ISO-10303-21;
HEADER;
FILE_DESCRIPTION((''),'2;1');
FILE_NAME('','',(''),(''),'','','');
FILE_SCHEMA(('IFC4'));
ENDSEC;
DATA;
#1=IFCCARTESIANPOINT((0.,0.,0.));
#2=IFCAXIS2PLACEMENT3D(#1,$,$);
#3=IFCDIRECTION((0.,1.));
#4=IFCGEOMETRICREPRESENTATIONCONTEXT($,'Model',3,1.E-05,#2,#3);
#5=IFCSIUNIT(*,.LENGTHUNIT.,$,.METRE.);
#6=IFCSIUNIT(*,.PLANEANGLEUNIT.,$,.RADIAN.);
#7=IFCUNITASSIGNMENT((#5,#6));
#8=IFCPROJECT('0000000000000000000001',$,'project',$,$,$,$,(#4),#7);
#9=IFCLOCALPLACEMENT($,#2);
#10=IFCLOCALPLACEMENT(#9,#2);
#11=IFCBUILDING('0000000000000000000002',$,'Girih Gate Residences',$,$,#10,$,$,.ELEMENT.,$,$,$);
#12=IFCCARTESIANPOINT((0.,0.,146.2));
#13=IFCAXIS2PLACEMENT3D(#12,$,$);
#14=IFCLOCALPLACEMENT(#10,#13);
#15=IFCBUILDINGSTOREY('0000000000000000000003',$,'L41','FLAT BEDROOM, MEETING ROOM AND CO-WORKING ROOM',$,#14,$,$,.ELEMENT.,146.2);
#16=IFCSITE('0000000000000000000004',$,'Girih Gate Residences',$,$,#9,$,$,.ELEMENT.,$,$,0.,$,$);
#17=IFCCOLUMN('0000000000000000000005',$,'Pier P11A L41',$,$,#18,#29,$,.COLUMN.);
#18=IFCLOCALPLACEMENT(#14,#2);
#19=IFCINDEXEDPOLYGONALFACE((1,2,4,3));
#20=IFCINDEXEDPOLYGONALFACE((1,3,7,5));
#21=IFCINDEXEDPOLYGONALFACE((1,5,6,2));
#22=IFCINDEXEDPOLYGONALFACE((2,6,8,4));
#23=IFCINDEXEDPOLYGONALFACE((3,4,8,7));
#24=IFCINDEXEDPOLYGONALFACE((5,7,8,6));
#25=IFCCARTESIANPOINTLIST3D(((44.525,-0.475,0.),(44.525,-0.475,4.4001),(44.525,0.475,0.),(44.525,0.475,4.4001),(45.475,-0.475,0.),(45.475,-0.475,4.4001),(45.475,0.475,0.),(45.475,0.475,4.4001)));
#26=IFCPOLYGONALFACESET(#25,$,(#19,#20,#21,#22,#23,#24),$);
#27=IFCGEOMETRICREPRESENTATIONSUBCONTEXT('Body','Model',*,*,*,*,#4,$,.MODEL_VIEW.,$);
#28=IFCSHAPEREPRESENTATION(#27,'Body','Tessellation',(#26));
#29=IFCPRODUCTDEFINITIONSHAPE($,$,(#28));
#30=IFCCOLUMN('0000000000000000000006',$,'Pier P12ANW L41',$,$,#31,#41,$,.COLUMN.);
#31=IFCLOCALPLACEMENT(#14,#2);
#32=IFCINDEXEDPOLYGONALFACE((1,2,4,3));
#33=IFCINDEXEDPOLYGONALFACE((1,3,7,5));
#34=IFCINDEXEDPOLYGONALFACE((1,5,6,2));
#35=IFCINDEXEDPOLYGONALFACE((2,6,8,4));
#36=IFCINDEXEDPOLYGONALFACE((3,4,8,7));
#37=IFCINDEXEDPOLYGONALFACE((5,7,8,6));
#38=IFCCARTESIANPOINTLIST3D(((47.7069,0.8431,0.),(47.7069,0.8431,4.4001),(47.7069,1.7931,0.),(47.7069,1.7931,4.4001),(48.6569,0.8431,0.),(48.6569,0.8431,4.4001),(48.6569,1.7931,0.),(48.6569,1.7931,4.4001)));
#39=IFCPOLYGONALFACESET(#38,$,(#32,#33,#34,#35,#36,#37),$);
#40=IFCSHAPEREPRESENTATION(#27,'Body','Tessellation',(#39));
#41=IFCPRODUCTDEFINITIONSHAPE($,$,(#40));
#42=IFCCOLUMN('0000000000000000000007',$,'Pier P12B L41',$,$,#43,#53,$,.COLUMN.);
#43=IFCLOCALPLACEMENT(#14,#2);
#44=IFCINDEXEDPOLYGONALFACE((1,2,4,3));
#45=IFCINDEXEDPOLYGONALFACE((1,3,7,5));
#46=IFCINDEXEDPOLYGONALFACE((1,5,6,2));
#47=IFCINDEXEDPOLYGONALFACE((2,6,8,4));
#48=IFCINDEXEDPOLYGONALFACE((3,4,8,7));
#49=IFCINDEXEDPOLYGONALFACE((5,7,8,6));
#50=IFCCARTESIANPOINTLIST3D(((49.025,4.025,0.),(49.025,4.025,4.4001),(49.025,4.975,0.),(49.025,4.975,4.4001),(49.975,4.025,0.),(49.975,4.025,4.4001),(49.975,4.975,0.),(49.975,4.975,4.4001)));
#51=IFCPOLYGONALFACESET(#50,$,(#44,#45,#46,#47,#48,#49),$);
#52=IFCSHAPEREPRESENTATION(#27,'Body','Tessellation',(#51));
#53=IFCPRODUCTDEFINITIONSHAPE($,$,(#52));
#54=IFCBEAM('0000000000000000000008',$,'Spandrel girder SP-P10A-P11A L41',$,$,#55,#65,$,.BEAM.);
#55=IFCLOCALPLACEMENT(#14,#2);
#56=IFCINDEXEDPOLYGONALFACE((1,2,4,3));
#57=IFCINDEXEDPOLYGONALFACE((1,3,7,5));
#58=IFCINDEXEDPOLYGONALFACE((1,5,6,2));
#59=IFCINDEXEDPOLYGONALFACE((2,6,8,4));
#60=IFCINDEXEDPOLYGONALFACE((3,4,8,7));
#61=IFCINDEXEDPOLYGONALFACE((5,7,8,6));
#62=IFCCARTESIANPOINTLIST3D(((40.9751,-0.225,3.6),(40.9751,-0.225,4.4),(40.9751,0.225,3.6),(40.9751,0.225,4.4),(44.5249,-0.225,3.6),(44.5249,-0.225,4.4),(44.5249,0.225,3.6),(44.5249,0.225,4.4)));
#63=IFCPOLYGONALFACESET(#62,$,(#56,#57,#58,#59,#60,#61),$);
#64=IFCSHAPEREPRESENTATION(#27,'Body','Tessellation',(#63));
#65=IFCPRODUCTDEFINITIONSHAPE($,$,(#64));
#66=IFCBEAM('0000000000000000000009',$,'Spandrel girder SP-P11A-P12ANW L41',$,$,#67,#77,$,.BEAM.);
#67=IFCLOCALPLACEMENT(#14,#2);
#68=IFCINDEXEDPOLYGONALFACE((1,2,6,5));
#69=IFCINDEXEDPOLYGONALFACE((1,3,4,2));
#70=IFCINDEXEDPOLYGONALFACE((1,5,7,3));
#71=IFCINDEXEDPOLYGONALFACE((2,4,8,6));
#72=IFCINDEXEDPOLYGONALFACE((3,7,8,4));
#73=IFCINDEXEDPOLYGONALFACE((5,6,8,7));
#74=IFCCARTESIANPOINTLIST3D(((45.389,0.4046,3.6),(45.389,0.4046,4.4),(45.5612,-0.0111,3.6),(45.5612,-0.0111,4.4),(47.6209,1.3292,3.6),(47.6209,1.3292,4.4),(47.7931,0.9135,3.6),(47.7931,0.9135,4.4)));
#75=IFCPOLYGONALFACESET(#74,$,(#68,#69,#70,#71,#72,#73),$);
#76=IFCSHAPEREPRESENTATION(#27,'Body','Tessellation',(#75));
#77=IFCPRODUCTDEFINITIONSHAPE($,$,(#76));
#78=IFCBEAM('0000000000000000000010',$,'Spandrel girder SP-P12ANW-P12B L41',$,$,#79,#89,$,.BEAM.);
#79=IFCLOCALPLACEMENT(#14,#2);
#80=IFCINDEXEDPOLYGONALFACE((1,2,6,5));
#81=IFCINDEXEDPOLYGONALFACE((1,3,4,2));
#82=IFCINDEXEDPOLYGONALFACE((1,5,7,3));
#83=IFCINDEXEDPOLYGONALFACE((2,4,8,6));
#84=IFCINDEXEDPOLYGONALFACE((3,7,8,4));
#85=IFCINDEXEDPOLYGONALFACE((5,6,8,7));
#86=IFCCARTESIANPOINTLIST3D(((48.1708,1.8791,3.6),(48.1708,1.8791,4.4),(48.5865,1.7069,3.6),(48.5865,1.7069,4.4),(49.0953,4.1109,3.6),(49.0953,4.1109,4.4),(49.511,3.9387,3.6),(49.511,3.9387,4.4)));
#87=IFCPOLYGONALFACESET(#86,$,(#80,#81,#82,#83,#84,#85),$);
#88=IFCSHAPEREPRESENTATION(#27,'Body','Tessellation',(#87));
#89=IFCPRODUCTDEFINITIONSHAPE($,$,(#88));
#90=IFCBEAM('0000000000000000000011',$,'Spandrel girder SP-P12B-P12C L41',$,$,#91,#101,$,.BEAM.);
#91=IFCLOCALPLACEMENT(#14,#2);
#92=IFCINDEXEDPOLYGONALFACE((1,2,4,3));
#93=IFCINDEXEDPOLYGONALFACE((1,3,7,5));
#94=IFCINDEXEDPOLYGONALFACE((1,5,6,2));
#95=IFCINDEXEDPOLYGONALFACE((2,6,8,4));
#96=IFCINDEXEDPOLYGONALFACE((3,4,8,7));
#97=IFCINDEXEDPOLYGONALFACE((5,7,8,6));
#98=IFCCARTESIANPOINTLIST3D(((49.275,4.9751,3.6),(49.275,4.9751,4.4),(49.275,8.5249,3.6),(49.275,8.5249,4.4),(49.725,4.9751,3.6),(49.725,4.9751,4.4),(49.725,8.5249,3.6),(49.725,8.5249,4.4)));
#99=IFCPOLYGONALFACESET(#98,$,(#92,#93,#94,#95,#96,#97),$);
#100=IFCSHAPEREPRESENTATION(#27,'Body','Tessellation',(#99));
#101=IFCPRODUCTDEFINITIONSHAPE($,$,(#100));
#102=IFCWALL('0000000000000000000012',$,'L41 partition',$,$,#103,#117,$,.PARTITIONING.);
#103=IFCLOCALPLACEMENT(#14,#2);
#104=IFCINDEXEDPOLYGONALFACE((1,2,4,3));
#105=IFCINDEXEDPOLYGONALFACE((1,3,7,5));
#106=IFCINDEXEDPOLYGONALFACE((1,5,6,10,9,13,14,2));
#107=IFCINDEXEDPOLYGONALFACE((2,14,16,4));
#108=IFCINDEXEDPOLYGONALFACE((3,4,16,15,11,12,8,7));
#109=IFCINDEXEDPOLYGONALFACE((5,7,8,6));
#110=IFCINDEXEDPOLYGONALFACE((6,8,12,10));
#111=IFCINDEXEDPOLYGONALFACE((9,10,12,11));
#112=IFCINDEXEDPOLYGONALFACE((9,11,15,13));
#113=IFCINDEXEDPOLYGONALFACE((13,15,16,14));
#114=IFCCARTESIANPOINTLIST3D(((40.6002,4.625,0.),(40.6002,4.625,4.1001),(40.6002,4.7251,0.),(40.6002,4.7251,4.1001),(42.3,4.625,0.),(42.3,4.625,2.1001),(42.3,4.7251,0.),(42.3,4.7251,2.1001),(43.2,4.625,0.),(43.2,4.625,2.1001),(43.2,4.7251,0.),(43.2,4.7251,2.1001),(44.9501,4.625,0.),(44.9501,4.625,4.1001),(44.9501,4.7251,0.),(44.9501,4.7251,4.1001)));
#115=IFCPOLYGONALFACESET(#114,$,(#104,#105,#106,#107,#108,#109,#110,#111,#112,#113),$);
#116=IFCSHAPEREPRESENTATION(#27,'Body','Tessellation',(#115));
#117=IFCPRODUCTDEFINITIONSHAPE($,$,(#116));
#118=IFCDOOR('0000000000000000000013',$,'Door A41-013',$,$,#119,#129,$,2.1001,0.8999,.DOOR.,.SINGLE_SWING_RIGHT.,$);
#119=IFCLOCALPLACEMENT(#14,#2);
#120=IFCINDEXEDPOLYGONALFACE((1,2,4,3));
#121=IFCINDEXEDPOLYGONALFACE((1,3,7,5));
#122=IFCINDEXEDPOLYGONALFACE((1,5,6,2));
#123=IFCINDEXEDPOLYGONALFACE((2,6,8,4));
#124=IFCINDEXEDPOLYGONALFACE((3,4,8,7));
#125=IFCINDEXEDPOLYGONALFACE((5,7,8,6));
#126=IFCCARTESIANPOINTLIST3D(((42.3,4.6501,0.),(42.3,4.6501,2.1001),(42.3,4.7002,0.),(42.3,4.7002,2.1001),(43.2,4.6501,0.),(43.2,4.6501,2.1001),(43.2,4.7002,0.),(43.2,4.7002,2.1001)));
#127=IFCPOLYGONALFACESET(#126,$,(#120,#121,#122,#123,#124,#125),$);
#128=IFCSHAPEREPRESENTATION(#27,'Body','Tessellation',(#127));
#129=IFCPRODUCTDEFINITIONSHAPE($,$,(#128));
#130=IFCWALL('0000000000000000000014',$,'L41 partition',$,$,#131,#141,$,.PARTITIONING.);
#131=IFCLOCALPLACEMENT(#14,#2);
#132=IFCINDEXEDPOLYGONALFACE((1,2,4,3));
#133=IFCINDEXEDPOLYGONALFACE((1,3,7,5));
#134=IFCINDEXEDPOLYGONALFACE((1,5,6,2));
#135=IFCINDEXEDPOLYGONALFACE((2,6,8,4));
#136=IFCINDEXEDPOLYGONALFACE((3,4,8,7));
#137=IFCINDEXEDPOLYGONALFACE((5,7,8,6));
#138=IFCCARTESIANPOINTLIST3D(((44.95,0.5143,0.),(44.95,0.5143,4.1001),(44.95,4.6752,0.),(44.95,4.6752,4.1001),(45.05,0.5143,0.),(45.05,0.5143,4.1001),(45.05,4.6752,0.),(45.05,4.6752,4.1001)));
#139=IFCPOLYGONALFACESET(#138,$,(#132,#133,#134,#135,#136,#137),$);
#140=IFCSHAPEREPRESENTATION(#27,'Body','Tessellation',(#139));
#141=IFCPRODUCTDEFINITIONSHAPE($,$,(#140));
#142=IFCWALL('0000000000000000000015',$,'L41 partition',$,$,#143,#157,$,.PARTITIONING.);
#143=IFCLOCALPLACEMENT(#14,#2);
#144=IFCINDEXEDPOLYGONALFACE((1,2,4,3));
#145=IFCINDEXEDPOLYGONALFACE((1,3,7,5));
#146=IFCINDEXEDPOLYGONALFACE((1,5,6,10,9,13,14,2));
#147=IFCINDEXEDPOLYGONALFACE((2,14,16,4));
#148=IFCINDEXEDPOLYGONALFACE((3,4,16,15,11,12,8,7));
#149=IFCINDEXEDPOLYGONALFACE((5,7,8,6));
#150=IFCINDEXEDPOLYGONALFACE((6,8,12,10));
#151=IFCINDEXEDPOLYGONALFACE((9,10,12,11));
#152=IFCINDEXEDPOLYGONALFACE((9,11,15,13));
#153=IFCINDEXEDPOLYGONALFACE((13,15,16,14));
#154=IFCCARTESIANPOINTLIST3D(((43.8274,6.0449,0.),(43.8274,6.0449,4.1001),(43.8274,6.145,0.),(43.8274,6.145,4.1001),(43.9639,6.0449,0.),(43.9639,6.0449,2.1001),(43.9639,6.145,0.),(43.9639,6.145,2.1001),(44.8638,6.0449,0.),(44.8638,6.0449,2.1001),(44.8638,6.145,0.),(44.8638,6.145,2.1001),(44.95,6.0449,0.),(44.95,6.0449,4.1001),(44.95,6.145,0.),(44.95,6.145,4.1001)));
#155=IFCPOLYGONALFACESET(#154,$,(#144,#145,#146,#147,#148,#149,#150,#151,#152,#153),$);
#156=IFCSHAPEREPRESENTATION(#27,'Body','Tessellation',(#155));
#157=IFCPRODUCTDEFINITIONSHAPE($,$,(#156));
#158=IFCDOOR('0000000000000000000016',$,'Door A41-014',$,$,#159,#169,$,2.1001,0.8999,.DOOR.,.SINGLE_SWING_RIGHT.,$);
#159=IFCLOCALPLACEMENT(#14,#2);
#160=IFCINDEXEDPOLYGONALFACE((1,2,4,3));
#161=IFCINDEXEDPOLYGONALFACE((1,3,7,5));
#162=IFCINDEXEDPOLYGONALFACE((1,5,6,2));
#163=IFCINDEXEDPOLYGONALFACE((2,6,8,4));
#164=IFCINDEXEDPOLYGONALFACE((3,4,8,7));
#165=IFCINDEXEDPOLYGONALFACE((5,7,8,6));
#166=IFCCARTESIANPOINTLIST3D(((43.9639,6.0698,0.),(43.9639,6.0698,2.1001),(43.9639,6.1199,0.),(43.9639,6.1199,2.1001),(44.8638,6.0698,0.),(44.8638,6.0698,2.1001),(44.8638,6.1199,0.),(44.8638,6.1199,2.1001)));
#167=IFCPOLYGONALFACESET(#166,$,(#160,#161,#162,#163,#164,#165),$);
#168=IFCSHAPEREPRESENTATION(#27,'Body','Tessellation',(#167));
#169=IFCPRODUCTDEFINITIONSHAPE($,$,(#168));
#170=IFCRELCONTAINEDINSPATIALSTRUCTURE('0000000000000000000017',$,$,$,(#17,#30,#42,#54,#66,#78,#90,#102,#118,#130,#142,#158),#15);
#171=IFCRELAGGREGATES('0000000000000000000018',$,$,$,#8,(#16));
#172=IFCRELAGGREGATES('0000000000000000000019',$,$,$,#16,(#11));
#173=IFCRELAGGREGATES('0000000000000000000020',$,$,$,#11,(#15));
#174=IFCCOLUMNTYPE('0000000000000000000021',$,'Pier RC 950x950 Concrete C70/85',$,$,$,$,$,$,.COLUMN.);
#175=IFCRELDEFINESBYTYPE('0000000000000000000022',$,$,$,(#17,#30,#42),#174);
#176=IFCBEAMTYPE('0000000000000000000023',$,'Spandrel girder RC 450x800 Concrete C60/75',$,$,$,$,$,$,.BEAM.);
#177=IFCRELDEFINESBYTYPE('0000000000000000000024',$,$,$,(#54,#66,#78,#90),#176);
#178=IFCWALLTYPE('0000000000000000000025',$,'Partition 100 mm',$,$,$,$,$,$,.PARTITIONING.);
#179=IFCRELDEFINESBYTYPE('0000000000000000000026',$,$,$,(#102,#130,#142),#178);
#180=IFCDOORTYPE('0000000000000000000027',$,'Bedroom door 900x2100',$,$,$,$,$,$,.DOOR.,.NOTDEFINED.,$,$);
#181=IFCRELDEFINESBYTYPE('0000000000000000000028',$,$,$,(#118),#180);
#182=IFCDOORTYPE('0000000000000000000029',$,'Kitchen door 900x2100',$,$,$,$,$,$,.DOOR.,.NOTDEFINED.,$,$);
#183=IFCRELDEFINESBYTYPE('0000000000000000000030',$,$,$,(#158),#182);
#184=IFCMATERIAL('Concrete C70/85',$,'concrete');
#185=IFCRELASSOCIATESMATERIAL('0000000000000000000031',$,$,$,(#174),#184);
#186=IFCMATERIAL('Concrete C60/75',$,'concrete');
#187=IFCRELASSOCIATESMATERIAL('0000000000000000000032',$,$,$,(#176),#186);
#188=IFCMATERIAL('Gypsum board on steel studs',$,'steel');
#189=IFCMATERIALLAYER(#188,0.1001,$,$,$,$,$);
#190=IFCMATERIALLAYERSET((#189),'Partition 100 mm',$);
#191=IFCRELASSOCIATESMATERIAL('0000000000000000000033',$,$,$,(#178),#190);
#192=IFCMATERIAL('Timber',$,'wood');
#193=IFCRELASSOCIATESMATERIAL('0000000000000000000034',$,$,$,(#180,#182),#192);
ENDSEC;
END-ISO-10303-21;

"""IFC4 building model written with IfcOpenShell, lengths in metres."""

from ifc_helpers import new_model, si_unit, direction, frame, frame_2d, origin, origin_2d, place, context, subcontext, project, spatial, rectangle, extrude, material, layer, layer_set, material_profile, profile_set, type_object, element, fill, save


model = new_model("IFC4")

# Units and contexts
model_context = context("Model", 3, precision=1e-05, world=origin(), true_north=direction((0.0, 1.0)))
body_context = subcontext(model_context, "Body", "Model", "MODEL_VIEW")
ifc_project = project(units=[si_unit("LENGTHUNIT", "METRE"), si_unit("PLANEANGLEUNIT", "RADIAN")], contexts=[model_context])

# Site, building, storey
site_placement = place(None, origin())
site = spatial("IfcSite", under=ifc_project, at=site_placement, Name="Girih Gate Residences", CompositionType="ELEMENT", RefElevation=0.0)
building_placement = place(site_placement, origin())
building = spatial("IfcBuilding", under=site, at=building_placement, Name="Girih Gate Residences", CompositionType="ELEMENT")
storey_placement = place(building_placement, frame((0.0, 0.0, 146.2)))
storey = spatial("IfcBuildingStorey", under=building, at=storey_placement, Name="L41", Description="FLAT BEDROOM, MEETING ROOM AND CO-WORKING ROOM", CompositionType="ELEMENT", Elevation=146.2)

# Columns
ifc_material_1 = material(Name="Concrete C70/85", Category="concrete")
ifc_material_profile_1 = material_profile(ifc_material_1, rectangle(XDim=0.95, YDim=0.95, at=origin_2d()))
ifc_profile_set_1 = profile_set([ifc_material_profile_1], Name="Concrete C70/85")
column_type = type_object("IfcColumnType", Name="Pier RC 950x950 Concrete C70/85", PredefinedType="COLUMN", material=ifc_profile_set_1)
for number, where, z_axis, x_axis, name in (
    (1, (45.0, 0.0, 0.0), (0.0, 0.0, 1.0), (1.0, 0.0, 0.0), "Pier P11A L41"),
    (2, (48.1819, 1.3181, 0.0), (0.0, 0.0, 1.0), (1.0, 0.0, 0.0), "Pier P12ANW L41"),
    (3, (49.5, 4.5, 0.0), (0.0, 0.0, 1.0), (1.0, 0.0, 0.0), "Pier P12B L41"),
):
    element("IfcColumn", number, at=place(storey_placement, frame(where, z_axis=z_axis, x_axis=x_axis)), inside=storey, type_object=column_type, Name=name, PredefinedType="COLUMN", context=body_context, shape_type="SweptSolid", body=[
        extrude(rectangle(XDim=0.95, YDim=0.95, at=origin_2d()), origin(), (0.0, 0.0, 1.0), 4.4001),
    ])

# Beams
ifc_material_2 = material(Name="Concrete C60/75", Category="concrete")
ifc_material_profile_2 = material_profile(ifc_material_2, rectangle(XDim=0.45, YDim=0.8, at=origin_2d()))
ifc_profile_set_2 = profile_set([ifc_material_profile_2], Name="Concrete C60/75")
beam_type = type_object("IfcBeamType", Name="Spandrel girder RC 450x800 Concrete C60/75", PredefinedType="BEAM", material=ifc_profile_set_2)
beam_1_placement = place(storey_placement, frame((40.9751, 0.0, 4.0), z_axis=(1.0, 0.0, 0.0), x_axis=(0.0, 1.0, 0.0)))
element("IfcBeam", 4, at=beam_1_placement, inside=storey, type_object=beam_type, Name="Spandrel girder SP-P10A-P11A L41", PredefinedType="BEAM", context=body_context, shape_type="SweptSolid", body=[
    extrude(rectangle(XDim=0.45, YDim=0.8, at=origin_2d()), origin(), (0.0, 0.0, 1.0), 3.5498),
])
for number, where, z_axis, x_axis, name in (
    (5, (45.4751, 0.1968, 4.0), (0.92387, 0.382706, 0.0), (-0.382706, 0.92387, 0.0), "Spandrel girder SP-P11A-P12ANW L41"),
    (6, (48.3787, 1.793, 4.0), (0.382706, 0.92387, 0.0), (-0.92387, 0.382706, 0.0), "Spandrel girder SP-P12ANW-P12B L41"),
):
    element("IfcBeam", number, at=place(storey_placement, frame(where, z_axis=z_axis, x_axis=x_axis)), inside=storey, type_object=beam_type, Name=name, PredefinedType="BEAM", context=body_context, shape_type="SweptSolid", body=[
        extrude(rectangle(XDim=0.45, YDim=0.8, at=origin_2d()), origin(), (0.0, 0.0, 1.0), 2.4158),
    ])
beam_2_placement = place(storey_placement, frame((49.5, 4.9751, 4.0), z_axis=(0.0, 1.0, 0.0), x_axis=(-1.0, 0.0, 0.0)))
element("IfcBeam", 7, at=beam_2_placement, inside=storey, type_object=beam_type, Name="Spandrel girder SP-P12B-P12C L41", PredefinedType="BEAM", context=body_context, shape_type="SweptSolid", body=[
    extrude(rectangle(XDim=0.45, YDim=0.8, at=origin_2d()), origin(), (0.0, 0.0, 1.0), 3.5498),
])

# Wall, opening, door
ifc_material_3 = material(Name="Gypsum board on steel studs", Category="steel")
ifc_layer_1 = layer(ifc_material_3, 0.1001)
ifc_layer_set_1 = layer_set([ifc_layer_1], Name="Partition 100 mm")
wall_type_1 = type_object("IfcWallType", Name="Partition 100 mm", PredefinedType="PARTITIONING", material=ifc_layer_set_1)
wall_1_placement = place(storey_placement, frame((44.95, 4.675, 0.0), z_axis=(0.0, 0.0, 1.0), x_axis=(-1.0, 0.0, 0.0)))
wall_1 = element("IfcWall", 8, at=wall_1_placement, inside=storey, type_object=wall_type_1, Name="L41 partition", PredefinedType="PARTITIONING", context=body_context, shape_type="SweptSolid", body=[
    extrude(rectangle(XDim=4.3499, YDim=0.1001, at=frame_2d((2.1748, 0.0))), origin(), (0.0, 0.0, 1.0), 4.1001),
])
opening_1_placement = place(wall_1_placement, frame((1.75, 0.0, 0.0)))
opening_1 = element("IfcOpeningElement", 9, at=opening_1_placement, cuts=wall_1, PredefinedType="OPENING", context=body_context, shape_type="SweptSolid", body=[
    extrude(rectangle(XDim=0.8999, YDim=2.1001, at=frame_2d((0.45, 1.05))), frame((0.0, 0.0601, 0.0), z_axis=(0.0, -1.0, 0.0), x_axis=(1.0, 0.0, 0.0)), (0.0, 0.0, 1.0), 0.1201),
])
ifc_material_4 = material(Name="Timber", Category="wood")
door_type_1 = type_object("IfcDoorType", Name="Bedroom door 900x2100", OperationType="NOTDEFINED", PredefinedType="DOOR", material=ifc_material_4)
door_1_placement = place(opening_1_placement, origin())
door_1 = element("IfcDoor", 10, at=door_1_placement, inside=storey, type_object=door_type_1, Name="Door A41-013", OperationType="SINGLE_SWING_RIGHT", OverallHeight=2.1001, OverallWidth=0.8999, PredefinedType="DOOR", context=body_context, shape_type="SweptSolid", body=[
    extrude(rectangle(XDim=0.8999, YDim=2.1001, at=frame_2d((0.45, 1.05))), frame((0.0, 0.0249, 0.0), z_axis=(0.0, -1.0, 0.0), x_axis=(1.0, 0.0, 0.0)), (0.0, 0.0, 1.0), 0.05),
])
fill(opening_1, door_1)

# Wall
wall_2_placement = place(storey_placement, frame((45.0, 0.5142, 0.0), z_axis=(0.0, 0.0, 1.0), x_axis=(0.0, 1.0, 0.0)))
element("IfcWall", 11, at=wall_2_placement, inside=storey, type_object=wall_type_1, Name="L41 partition", PredefinedType="PARTITIONING", context=body_context, shape_type="SweptSolid", body=[
    extrude(rectangle(XDim=4.1609, YDim=0.1001, at=frame_2d((2.0806, 0.0))), origin(), (0.0, 0.0, 1.0), 4.1001),
])

# Wall, opening, door
wall_3_placement = place(storey_placement, frame((43.8274, 6.095, 0.0), z_axis=(0.0, 0.0, 1.0), x_axis=(1.0, 0.0, 0.0)))
wall_3 = element("IfcWall", 12, at=wall_3_placement, inside=storey, type_object=wall_type_1, Name="L41 partition", PredefinedType="PARTITIONING", context=body_context, shape_type="SweptSolid", body=[
    extrude(rectangle(XDim=1.1226, YDim=0.1001, at=frame_2d((0.5613, 0.0))), origin(), (0.0, 0.0, 1.0), 4.1001),
])
opening_2_placement = place(wall_3_placement, frame((0.1365, 0.0, 0.0)))
opening_2 = element("IfcOpeningElement", 13, at=opening_2_placement, cuts=wall_3, PredefinedType="OPENING", context=body_context, shape_type="SweptSolid", body=[
    extrude(rectangle(XDim=0.8999, YDim=2.1001, at=frame_2d((0.45, 1.05))), frame((0.0, 0.0601, 0.0), z_axis=(0.0, -1.0, 0.0), x_axis=(1.0, 0.0, 0.0)), (0.0, 0.0, 1.0), 0.1201),
])
door_type_2 = type_object("IfcDoorType", Name="Kitchen door 900x2100", OperationType="NOTDEFINED", PredefinedType="DOOR", material=ifc_material_4)
door_2_placement = place(opening_2_placement, origin())
door_2 = element("IfcDoor", 14, at=door_2_placement, inside=storey, type_object=door_type_2, Name="Door A41-014", OperationType="SINGLE_SWING_RIGHT", OverallHeight=2.1001, OverallWidth=0.8999, PredefinedType="DOOR", context=body_context, shape_type="SweptSolid", body=[
    extrude(rectangle(XDim=0.8999, YDim=2.1001, at=frame_2d((0.45, 1.05))), frame((0.0, 0.0249, 0.0), z_axis=(0.0, -1.0, 0.0), x_axis=(1.0, 0.0, 0.0)), (0.0, 0.0, 1.0), 0.05),
])
fill(opening_2, door_2)

save(model, "model.ifc")
